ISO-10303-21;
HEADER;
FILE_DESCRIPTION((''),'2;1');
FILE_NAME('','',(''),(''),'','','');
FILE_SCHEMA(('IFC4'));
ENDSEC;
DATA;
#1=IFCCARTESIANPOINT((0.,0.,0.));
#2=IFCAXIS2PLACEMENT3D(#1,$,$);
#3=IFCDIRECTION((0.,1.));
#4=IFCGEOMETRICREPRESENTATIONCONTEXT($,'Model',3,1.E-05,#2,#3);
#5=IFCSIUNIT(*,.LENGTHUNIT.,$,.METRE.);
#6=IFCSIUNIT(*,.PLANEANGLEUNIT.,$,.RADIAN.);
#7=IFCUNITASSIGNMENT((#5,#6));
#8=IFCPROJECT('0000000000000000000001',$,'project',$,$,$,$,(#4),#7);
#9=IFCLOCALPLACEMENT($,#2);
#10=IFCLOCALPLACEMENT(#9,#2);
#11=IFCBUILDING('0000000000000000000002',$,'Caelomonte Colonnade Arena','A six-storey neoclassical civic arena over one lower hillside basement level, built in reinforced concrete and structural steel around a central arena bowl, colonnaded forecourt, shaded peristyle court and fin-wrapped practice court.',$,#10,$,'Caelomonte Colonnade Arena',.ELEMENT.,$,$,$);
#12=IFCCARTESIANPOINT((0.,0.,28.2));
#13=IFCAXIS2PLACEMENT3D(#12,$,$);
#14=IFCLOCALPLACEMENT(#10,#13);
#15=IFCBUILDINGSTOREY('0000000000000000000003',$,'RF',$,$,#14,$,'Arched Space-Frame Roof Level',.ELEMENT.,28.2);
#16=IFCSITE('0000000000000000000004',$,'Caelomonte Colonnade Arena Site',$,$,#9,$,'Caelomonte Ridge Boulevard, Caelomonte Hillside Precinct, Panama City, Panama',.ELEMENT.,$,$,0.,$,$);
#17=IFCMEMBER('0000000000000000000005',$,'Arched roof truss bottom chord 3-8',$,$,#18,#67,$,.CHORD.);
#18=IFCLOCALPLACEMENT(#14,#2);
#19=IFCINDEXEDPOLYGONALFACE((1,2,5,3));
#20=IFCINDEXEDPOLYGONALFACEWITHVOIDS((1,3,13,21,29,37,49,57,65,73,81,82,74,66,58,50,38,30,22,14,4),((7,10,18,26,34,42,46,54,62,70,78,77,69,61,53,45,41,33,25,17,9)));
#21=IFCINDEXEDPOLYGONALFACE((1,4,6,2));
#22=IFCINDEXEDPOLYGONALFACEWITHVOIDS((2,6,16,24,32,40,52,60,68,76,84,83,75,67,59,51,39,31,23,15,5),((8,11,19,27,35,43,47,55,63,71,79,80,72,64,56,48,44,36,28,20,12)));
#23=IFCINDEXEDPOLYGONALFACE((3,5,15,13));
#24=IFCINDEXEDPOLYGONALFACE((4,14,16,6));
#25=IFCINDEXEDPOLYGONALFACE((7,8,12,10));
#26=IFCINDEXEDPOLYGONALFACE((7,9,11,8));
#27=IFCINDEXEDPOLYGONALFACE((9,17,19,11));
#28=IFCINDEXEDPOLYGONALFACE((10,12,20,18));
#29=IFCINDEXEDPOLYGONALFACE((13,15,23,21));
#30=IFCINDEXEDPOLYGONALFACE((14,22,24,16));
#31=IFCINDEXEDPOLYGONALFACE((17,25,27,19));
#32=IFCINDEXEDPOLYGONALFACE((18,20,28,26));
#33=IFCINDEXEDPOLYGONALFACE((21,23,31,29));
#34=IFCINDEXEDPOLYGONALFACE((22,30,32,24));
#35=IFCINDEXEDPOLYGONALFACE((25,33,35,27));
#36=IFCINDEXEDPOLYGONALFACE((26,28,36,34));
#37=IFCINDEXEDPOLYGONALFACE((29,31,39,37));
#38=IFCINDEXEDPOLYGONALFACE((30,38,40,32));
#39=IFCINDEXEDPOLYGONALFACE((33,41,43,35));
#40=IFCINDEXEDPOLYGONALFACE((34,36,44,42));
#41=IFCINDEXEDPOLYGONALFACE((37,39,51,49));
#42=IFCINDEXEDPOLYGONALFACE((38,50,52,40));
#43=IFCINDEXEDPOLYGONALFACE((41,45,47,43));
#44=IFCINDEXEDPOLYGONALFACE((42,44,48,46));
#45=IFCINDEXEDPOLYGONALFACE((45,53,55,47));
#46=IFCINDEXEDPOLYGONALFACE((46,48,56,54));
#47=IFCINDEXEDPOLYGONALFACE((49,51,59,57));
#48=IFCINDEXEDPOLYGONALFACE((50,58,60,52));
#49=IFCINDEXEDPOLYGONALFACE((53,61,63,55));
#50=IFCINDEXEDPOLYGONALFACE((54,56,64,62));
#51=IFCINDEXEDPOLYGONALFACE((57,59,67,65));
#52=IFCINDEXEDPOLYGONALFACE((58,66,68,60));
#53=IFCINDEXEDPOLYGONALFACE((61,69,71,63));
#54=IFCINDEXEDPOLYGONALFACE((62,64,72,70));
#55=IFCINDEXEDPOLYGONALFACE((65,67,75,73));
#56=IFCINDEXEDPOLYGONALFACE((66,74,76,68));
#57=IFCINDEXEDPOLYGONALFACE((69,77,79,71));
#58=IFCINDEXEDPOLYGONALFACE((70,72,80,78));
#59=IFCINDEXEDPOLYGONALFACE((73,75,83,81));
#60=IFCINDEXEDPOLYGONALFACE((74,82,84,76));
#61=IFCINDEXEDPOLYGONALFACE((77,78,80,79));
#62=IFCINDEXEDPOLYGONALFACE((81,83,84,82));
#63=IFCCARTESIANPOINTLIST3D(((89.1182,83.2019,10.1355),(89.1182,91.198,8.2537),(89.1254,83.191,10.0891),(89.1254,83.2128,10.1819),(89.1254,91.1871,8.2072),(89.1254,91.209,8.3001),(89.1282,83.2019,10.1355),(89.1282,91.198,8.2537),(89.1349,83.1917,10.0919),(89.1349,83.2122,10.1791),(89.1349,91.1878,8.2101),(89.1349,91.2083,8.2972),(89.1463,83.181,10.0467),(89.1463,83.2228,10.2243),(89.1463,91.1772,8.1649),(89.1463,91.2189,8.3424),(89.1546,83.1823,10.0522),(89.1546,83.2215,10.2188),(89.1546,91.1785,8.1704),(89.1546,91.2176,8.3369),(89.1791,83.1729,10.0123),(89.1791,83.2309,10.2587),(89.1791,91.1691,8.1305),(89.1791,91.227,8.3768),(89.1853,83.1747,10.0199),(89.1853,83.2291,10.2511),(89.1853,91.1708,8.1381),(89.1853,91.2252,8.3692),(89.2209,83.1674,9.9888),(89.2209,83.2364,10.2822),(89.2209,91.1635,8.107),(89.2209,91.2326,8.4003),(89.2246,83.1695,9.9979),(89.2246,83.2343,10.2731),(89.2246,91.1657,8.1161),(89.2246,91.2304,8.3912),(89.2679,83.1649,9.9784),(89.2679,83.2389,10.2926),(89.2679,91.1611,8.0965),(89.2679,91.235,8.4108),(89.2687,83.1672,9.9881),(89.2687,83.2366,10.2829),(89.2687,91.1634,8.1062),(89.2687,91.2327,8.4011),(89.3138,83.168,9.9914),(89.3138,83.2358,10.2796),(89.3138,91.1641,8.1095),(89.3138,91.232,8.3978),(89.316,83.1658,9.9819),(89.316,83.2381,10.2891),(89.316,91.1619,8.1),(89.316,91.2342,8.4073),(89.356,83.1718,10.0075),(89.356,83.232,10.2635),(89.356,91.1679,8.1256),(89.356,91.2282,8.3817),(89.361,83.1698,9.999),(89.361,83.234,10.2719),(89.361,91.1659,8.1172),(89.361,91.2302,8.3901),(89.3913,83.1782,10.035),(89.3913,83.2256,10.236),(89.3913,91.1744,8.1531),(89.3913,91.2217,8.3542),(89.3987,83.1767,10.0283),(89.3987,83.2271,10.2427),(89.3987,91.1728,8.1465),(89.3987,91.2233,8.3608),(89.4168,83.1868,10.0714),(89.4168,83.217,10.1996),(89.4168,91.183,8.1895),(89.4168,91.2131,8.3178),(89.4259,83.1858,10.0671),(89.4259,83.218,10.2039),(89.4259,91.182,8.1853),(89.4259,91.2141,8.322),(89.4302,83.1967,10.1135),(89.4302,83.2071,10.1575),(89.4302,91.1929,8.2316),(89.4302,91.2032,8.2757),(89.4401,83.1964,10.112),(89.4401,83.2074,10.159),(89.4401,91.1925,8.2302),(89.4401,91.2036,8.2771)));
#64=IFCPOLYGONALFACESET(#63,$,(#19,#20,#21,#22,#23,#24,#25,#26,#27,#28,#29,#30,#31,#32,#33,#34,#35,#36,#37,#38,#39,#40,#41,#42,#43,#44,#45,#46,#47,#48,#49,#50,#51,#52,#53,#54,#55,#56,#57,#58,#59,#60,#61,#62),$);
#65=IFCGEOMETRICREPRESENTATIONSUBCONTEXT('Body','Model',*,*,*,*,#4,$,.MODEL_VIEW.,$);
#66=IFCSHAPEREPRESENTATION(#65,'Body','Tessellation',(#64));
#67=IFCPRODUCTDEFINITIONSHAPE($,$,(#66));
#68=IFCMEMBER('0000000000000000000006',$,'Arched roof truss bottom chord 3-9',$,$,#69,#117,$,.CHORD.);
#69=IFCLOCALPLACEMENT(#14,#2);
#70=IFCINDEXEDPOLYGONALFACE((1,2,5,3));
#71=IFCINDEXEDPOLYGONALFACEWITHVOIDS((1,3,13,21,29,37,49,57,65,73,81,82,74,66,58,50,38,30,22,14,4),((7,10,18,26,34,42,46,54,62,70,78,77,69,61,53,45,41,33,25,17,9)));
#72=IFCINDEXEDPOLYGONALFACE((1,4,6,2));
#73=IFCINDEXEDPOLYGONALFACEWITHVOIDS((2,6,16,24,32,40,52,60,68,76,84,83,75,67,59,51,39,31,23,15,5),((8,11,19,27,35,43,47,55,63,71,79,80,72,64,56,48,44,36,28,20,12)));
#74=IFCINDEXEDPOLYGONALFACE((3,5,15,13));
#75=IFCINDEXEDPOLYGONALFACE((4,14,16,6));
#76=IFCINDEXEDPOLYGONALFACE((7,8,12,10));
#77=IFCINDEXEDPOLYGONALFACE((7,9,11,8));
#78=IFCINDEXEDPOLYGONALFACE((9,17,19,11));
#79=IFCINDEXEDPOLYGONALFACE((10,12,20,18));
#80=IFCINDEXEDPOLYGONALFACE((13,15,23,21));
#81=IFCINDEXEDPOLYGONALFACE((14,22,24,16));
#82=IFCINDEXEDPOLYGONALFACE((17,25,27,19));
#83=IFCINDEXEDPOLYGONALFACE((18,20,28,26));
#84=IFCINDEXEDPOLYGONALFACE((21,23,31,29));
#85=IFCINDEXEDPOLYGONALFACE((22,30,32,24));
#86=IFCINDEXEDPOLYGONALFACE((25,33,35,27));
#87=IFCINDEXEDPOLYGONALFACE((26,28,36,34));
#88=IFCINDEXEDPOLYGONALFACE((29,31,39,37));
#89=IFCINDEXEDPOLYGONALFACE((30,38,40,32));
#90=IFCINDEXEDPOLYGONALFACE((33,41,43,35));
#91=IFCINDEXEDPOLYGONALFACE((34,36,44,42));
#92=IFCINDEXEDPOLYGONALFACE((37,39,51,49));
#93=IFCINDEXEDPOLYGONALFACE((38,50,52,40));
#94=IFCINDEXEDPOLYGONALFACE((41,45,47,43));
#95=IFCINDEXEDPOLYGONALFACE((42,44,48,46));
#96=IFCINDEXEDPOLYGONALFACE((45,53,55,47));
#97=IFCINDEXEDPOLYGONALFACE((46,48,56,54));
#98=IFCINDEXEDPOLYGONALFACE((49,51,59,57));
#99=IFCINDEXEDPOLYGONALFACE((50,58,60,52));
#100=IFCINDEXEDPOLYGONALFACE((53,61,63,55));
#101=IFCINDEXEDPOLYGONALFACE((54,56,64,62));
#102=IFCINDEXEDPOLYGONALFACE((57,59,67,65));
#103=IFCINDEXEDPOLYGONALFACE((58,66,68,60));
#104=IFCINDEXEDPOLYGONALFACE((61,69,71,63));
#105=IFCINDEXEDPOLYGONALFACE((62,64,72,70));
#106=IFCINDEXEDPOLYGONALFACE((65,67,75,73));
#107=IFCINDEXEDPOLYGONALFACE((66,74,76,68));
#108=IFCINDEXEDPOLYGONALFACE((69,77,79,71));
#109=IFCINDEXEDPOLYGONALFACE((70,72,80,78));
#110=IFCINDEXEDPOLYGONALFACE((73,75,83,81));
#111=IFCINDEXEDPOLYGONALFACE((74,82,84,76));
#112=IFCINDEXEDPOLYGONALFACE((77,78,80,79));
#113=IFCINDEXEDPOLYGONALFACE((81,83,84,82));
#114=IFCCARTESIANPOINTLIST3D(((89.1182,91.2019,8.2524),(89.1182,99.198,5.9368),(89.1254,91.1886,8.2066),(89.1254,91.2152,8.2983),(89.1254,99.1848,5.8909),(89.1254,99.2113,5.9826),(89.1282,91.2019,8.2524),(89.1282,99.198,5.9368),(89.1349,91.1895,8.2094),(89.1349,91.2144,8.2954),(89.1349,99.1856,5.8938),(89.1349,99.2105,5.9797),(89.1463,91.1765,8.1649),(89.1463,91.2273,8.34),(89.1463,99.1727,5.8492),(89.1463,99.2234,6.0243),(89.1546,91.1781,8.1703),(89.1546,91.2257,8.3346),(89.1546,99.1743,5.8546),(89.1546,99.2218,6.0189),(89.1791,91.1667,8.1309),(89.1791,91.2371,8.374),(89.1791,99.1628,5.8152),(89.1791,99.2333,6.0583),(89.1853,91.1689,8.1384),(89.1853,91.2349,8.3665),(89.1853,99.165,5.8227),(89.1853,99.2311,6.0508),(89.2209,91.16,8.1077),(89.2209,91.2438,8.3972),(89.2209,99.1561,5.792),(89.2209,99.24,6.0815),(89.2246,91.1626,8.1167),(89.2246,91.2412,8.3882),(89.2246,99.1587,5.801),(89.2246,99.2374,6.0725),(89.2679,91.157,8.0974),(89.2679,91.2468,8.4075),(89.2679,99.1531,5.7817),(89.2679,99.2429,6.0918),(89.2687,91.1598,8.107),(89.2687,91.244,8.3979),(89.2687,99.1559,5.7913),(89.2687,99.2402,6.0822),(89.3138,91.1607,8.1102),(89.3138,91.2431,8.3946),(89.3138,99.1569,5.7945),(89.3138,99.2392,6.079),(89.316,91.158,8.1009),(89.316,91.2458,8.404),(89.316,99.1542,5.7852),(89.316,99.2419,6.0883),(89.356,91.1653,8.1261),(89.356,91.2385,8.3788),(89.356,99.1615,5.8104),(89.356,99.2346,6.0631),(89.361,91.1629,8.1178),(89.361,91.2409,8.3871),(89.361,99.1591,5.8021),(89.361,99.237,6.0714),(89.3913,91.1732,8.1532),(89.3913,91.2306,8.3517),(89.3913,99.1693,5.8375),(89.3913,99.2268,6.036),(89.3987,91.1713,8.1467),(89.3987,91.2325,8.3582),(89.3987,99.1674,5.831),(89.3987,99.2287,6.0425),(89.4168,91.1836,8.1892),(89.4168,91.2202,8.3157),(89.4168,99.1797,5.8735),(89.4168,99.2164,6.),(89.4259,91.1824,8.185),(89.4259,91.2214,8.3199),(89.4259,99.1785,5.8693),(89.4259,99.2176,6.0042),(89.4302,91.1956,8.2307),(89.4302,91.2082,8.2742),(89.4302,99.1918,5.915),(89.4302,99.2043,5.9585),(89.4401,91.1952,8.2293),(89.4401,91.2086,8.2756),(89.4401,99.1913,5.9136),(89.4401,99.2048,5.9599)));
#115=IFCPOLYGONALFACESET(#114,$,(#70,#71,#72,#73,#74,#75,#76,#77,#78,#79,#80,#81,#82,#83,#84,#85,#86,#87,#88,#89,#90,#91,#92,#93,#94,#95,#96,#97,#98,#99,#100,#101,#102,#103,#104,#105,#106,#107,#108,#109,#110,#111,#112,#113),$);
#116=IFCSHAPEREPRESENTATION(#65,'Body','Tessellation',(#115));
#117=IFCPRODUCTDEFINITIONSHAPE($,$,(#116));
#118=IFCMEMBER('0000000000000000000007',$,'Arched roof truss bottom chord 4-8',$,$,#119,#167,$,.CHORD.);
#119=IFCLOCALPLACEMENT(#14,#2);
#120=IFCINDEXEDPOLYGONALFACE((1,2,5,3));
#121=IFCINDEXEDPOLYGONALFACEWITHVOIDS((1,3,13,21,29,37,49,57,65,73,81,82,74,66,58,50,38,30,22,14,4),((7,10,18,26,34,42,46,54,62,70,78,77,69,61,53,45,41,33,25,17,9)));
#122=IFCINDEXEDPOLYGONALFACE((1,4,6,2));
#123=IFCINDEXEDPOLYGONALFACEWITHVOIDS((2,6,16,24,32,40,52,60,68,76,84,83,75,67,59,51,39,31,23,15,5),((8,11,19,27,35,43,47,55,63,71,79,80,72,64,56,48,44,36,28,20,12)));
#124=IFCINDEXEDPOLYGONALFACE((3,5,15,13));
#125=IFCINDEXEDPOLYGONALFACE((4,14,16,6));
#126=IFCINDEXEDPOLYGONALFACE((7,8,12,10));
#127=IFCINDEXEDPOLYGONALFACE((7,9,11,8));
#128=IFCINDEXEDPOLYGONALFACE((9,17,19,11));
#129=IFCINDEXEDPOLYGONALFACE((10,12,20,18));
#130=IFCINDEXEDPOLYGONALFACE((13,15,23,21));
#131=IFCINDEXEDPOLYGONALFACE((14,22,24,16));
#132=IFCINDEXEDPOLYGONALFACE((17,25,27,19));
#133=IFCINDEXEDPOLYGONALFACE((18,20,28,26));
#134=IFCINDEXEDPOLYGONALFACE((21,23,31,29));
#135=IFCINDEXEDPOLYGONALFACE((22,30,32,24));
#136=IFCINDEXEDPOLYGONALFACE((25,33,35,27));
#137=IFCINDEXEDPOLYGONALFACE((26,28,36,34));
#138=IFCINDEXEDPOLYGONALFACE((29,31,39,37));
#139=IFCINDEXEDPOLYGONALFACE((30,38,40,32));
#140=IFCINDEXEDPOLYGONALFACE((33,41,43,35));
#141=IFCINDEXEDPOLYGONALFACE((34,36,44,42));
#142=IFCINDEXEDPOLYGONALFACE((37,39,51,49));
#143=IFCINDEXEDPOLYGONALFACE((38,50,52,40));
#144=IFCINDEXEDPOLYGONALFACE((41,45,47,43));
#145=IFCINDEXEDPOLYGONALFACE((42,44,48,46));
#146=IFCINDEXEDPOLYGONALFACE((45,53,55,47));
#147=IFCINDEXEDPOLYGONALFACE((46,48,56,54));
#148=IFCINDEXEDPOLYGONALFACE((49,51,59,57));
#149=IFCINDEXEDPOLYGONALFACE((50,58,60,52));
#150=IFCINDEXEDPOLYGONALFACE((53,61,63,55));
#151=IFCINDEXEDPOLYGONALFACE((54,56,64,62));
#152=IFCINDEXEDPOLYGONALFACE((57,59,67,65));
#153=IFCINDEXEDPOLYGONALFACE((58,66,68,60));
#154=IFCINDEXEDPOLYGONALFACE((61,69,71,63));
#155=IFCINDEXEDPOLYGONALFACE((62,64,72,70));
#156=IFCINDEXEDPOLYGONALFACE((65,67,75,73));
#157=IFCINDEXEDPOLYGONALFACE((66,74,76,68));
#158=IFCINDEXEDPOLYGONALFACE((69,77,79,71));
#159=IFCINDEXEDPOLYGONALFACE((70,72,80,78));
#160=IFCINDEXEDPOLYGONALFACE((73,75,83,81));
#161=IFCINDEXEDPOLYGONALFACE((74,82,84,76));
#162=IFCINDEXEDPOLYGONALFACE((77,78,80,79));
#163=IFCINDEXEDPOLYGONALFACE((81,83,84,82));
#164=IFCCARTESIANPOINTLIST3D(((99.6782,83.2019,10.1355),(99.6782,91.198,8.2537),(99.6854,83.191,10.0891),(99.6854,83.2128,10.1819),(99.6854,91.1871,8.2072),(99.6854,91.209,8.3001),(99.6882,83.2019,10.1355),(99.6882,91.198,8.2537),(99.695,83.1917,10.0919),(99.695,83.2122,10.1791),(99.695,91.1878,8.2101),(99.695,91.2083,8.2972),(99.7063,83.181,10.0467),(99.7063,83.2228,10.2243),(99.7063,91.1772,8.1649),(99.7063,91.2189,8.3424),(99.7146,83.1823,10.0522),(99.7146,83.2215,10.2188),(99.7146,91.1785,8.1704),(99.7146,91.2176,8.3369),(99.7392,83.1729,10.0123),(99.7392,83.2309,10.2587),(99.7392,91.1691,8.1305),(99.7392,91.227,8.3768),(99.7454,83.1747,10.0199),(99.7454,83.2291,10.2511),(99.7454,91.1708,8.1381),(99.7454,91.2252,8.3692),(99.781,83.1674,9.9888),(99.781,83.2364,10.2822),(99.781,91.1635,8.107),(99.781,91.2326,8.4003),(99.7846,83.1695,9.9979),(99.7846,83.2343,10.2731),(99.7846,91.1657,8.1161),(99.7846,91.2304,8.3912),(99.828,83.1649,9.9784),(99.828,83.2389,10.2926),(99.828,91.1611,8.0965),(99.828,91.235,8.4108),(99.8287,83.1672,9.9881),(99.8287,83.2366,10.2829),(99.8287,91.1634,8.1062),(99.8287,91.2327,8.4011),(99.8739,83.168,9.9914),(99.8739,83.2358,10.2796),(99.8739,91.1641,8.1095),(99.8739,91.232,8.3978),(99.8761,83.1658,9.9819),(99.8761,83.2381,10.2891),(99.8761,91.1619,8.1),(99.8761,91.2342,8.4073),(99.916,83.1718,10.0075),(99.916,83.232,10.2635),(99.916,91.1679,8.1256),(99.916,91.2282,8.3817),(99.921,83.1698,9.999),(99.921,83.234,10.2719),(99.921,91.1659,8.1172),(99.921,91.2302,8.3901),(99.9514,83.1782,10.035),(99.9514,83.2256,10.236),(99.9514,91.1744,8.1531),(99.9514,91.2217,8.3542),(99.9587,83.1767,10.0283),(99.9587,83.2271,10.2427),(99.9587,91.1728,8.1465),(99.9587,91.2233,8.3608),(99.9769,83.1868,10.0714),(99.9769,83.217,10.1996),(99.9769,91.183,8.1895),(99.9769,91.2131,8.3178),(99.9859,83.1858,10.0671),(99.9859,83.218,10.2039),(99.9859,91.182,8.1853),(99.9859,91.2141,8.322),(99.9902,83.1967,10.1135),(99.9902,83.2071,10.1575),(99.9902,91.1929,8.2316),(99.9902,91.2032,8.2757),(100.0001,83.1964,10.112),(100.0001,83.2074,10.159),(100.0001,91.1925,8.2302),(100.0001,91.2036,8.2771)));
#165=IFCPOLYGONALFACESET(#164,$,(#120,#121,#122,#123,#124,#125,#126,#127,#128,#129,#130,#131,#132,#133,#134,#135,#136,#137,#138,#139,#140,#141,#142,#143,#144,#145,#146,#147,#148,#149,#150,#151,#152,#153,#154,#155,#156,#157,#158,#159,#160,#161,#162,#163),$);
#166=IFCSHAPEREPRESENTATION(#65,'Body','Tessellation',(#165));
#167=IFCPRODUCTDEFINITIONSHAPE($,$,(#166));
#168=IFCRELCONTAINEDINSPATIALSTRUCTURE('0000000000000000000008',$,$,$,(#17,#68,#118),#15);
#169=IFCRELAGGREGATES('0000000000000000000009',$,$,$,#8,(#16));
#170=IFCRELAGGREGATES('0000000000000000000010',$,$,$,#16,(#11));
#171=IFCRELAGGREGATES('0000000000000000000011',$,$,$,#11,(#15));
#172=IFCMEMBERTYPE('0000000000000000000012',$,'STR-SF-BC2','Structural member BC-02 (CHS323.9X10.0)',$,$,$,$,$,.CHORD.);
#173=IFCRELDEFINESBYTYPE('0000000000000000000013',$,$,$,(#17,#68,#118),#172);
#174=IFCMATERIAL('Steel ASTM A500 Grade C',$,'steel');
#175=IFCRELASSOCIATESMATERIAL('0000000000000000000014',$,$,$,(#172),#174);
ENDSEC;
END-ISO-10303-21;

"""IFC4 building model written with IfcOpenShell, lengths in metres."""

from ifc_helpers import new_model, si_unit, direction, frame, origin, origin_2d, place, context, subcontext, project, spatial, hollow_circle, extrude, material, material_profile, profile_set, type_object, element, save


model = new_model("IFC4")

# Units and contexts
model_context = context("Model", 3, precision=1e-05, world=origin(), true_north=direction((0.0, 1.0)))
body_context = subcontext(model_context, "Body", "Model", "MODEL_VIEW")
ifc_project = project(units=[si_unit("LENGTHUNIT", "METRE"), si_unit("PLANEANGLEUNIT", "RADIAN")], contexts=[model_context])

# Site, building, storey
site_placement = place(None, origin())
site = spatial("IfcSite", under=ifc_project, at=site_placement, Name="Caelomonte Colonnade Arena Site", LongName="Caelomonte Ridge Boulevard, Caelomonte Hillside Precinct, Panama City, Panama", CompositionType="ELEMENT", RefElevation=0.0)
building_placement = place(site_placement, origin())
building = spatial("IfcBuilding", under=site, at=building_placement, Name="Caelomonte Colonnade Arena", Description="A six-storey neoclassical civic arena over one lower hillside basement level, built in reinforced concrete and structural steel around a central arena bowl, colonnaded forecourt, shaded peristyle court and fin-wrapped practice court.", LongName="Caelomonte Colonnade Arena", CompositionType="ELEMENT")
storey_placement = place(building_placement, frame((0.0, 0.0, 28.2)))
storey = spatial("IfcBuildingStorey", under=building, at=storey_placement, Name="RF", LongName="Arched Space-Frame Roof Level", CompositionType="ELEMENT", Elevation=28.2)

# Members
ifc_material_1 = material(Name="Steel ASTM A500 Grade C", Category="steel")
ifc_material_profile_1 = material_profile(ifc_material_1, hollow_circle(Radius=0.1619, WallThickness=0.01, at=origin_2d()), Name="CHS323.9X10.0")
ifc_profile_set_1 = profile_set([ifc_material_profile_1], Name="Steel ASTM A500 Grade C")
member_type_1 = type_object("IfcMemberType", Name="STR-SF-BC2", Description="Structural member BC-02 (CHS323.9X10.0)", PredefinedType="CHORD", material=ifc_profile_set_1)
member_1_placement = place(storey_placement, frame((89.28, 83.2019, 10.1355), z_axis=(0.0, 0.973406, -0.229086), x_axis=(-1.0, 0.0, 0.0)))
element("IfcMember", 1, at=member_1_placement, inside=storey, type_object=member_type_1, Name="Arched roof truss bottom chord 3-8", PredefinedType="CHORD", context=body_context, shape_type="SweptSolid", body=[
    extrude(hollow_circle(Radius=0.1619, WallThickness=0.01, at=origin_2d()), origin(), (0.0, 0.0, 1.0), 8.2146),
])
member_2_placement = place(storey_placement, frame((89.28, 91.2019, 8.2524), z_axis=(0.0, 0.960532, -0.278171), x_axis=(-1.0, 0.0, 0.0)))
element("IfcMember", 2, at=member_2_placement, inside=storey, type_object=member_type_1, Name="Arched roof truss bottom chord 3-9", PredefinedType="CHORD", context=body_context, shape_type="SweptSolid", body=[
    extrude(hollow_circle(Radius=0.1619, WallThickness=0.01, at=origin_2d()), origin(), (0.0, 0.0, 1.0), 8.3247),
])
member_3_placement = place(storey_placement, frame((99.8401, 83.2019, 10.1355), z_axis=(0.0, 0.973406, -0.229086), x_axis=(-1.0, 0.0, 0.0)))
element("IfcMember", 3, at=member_3_placement, inside=storey, type_object=member_type_1, Name="Arched roof truss bottom chord 4-8", PredefinedType="CHORD", context=body_context, shape_type="SweptSolid", body=[
    extrude(hollow_circle(Radius=0.1619, WallThickness=0.01, at=origin_2d()), origin(), (0.0, 0.0, 1.0), 8.2146),
])

save(model, "model.ifc")
